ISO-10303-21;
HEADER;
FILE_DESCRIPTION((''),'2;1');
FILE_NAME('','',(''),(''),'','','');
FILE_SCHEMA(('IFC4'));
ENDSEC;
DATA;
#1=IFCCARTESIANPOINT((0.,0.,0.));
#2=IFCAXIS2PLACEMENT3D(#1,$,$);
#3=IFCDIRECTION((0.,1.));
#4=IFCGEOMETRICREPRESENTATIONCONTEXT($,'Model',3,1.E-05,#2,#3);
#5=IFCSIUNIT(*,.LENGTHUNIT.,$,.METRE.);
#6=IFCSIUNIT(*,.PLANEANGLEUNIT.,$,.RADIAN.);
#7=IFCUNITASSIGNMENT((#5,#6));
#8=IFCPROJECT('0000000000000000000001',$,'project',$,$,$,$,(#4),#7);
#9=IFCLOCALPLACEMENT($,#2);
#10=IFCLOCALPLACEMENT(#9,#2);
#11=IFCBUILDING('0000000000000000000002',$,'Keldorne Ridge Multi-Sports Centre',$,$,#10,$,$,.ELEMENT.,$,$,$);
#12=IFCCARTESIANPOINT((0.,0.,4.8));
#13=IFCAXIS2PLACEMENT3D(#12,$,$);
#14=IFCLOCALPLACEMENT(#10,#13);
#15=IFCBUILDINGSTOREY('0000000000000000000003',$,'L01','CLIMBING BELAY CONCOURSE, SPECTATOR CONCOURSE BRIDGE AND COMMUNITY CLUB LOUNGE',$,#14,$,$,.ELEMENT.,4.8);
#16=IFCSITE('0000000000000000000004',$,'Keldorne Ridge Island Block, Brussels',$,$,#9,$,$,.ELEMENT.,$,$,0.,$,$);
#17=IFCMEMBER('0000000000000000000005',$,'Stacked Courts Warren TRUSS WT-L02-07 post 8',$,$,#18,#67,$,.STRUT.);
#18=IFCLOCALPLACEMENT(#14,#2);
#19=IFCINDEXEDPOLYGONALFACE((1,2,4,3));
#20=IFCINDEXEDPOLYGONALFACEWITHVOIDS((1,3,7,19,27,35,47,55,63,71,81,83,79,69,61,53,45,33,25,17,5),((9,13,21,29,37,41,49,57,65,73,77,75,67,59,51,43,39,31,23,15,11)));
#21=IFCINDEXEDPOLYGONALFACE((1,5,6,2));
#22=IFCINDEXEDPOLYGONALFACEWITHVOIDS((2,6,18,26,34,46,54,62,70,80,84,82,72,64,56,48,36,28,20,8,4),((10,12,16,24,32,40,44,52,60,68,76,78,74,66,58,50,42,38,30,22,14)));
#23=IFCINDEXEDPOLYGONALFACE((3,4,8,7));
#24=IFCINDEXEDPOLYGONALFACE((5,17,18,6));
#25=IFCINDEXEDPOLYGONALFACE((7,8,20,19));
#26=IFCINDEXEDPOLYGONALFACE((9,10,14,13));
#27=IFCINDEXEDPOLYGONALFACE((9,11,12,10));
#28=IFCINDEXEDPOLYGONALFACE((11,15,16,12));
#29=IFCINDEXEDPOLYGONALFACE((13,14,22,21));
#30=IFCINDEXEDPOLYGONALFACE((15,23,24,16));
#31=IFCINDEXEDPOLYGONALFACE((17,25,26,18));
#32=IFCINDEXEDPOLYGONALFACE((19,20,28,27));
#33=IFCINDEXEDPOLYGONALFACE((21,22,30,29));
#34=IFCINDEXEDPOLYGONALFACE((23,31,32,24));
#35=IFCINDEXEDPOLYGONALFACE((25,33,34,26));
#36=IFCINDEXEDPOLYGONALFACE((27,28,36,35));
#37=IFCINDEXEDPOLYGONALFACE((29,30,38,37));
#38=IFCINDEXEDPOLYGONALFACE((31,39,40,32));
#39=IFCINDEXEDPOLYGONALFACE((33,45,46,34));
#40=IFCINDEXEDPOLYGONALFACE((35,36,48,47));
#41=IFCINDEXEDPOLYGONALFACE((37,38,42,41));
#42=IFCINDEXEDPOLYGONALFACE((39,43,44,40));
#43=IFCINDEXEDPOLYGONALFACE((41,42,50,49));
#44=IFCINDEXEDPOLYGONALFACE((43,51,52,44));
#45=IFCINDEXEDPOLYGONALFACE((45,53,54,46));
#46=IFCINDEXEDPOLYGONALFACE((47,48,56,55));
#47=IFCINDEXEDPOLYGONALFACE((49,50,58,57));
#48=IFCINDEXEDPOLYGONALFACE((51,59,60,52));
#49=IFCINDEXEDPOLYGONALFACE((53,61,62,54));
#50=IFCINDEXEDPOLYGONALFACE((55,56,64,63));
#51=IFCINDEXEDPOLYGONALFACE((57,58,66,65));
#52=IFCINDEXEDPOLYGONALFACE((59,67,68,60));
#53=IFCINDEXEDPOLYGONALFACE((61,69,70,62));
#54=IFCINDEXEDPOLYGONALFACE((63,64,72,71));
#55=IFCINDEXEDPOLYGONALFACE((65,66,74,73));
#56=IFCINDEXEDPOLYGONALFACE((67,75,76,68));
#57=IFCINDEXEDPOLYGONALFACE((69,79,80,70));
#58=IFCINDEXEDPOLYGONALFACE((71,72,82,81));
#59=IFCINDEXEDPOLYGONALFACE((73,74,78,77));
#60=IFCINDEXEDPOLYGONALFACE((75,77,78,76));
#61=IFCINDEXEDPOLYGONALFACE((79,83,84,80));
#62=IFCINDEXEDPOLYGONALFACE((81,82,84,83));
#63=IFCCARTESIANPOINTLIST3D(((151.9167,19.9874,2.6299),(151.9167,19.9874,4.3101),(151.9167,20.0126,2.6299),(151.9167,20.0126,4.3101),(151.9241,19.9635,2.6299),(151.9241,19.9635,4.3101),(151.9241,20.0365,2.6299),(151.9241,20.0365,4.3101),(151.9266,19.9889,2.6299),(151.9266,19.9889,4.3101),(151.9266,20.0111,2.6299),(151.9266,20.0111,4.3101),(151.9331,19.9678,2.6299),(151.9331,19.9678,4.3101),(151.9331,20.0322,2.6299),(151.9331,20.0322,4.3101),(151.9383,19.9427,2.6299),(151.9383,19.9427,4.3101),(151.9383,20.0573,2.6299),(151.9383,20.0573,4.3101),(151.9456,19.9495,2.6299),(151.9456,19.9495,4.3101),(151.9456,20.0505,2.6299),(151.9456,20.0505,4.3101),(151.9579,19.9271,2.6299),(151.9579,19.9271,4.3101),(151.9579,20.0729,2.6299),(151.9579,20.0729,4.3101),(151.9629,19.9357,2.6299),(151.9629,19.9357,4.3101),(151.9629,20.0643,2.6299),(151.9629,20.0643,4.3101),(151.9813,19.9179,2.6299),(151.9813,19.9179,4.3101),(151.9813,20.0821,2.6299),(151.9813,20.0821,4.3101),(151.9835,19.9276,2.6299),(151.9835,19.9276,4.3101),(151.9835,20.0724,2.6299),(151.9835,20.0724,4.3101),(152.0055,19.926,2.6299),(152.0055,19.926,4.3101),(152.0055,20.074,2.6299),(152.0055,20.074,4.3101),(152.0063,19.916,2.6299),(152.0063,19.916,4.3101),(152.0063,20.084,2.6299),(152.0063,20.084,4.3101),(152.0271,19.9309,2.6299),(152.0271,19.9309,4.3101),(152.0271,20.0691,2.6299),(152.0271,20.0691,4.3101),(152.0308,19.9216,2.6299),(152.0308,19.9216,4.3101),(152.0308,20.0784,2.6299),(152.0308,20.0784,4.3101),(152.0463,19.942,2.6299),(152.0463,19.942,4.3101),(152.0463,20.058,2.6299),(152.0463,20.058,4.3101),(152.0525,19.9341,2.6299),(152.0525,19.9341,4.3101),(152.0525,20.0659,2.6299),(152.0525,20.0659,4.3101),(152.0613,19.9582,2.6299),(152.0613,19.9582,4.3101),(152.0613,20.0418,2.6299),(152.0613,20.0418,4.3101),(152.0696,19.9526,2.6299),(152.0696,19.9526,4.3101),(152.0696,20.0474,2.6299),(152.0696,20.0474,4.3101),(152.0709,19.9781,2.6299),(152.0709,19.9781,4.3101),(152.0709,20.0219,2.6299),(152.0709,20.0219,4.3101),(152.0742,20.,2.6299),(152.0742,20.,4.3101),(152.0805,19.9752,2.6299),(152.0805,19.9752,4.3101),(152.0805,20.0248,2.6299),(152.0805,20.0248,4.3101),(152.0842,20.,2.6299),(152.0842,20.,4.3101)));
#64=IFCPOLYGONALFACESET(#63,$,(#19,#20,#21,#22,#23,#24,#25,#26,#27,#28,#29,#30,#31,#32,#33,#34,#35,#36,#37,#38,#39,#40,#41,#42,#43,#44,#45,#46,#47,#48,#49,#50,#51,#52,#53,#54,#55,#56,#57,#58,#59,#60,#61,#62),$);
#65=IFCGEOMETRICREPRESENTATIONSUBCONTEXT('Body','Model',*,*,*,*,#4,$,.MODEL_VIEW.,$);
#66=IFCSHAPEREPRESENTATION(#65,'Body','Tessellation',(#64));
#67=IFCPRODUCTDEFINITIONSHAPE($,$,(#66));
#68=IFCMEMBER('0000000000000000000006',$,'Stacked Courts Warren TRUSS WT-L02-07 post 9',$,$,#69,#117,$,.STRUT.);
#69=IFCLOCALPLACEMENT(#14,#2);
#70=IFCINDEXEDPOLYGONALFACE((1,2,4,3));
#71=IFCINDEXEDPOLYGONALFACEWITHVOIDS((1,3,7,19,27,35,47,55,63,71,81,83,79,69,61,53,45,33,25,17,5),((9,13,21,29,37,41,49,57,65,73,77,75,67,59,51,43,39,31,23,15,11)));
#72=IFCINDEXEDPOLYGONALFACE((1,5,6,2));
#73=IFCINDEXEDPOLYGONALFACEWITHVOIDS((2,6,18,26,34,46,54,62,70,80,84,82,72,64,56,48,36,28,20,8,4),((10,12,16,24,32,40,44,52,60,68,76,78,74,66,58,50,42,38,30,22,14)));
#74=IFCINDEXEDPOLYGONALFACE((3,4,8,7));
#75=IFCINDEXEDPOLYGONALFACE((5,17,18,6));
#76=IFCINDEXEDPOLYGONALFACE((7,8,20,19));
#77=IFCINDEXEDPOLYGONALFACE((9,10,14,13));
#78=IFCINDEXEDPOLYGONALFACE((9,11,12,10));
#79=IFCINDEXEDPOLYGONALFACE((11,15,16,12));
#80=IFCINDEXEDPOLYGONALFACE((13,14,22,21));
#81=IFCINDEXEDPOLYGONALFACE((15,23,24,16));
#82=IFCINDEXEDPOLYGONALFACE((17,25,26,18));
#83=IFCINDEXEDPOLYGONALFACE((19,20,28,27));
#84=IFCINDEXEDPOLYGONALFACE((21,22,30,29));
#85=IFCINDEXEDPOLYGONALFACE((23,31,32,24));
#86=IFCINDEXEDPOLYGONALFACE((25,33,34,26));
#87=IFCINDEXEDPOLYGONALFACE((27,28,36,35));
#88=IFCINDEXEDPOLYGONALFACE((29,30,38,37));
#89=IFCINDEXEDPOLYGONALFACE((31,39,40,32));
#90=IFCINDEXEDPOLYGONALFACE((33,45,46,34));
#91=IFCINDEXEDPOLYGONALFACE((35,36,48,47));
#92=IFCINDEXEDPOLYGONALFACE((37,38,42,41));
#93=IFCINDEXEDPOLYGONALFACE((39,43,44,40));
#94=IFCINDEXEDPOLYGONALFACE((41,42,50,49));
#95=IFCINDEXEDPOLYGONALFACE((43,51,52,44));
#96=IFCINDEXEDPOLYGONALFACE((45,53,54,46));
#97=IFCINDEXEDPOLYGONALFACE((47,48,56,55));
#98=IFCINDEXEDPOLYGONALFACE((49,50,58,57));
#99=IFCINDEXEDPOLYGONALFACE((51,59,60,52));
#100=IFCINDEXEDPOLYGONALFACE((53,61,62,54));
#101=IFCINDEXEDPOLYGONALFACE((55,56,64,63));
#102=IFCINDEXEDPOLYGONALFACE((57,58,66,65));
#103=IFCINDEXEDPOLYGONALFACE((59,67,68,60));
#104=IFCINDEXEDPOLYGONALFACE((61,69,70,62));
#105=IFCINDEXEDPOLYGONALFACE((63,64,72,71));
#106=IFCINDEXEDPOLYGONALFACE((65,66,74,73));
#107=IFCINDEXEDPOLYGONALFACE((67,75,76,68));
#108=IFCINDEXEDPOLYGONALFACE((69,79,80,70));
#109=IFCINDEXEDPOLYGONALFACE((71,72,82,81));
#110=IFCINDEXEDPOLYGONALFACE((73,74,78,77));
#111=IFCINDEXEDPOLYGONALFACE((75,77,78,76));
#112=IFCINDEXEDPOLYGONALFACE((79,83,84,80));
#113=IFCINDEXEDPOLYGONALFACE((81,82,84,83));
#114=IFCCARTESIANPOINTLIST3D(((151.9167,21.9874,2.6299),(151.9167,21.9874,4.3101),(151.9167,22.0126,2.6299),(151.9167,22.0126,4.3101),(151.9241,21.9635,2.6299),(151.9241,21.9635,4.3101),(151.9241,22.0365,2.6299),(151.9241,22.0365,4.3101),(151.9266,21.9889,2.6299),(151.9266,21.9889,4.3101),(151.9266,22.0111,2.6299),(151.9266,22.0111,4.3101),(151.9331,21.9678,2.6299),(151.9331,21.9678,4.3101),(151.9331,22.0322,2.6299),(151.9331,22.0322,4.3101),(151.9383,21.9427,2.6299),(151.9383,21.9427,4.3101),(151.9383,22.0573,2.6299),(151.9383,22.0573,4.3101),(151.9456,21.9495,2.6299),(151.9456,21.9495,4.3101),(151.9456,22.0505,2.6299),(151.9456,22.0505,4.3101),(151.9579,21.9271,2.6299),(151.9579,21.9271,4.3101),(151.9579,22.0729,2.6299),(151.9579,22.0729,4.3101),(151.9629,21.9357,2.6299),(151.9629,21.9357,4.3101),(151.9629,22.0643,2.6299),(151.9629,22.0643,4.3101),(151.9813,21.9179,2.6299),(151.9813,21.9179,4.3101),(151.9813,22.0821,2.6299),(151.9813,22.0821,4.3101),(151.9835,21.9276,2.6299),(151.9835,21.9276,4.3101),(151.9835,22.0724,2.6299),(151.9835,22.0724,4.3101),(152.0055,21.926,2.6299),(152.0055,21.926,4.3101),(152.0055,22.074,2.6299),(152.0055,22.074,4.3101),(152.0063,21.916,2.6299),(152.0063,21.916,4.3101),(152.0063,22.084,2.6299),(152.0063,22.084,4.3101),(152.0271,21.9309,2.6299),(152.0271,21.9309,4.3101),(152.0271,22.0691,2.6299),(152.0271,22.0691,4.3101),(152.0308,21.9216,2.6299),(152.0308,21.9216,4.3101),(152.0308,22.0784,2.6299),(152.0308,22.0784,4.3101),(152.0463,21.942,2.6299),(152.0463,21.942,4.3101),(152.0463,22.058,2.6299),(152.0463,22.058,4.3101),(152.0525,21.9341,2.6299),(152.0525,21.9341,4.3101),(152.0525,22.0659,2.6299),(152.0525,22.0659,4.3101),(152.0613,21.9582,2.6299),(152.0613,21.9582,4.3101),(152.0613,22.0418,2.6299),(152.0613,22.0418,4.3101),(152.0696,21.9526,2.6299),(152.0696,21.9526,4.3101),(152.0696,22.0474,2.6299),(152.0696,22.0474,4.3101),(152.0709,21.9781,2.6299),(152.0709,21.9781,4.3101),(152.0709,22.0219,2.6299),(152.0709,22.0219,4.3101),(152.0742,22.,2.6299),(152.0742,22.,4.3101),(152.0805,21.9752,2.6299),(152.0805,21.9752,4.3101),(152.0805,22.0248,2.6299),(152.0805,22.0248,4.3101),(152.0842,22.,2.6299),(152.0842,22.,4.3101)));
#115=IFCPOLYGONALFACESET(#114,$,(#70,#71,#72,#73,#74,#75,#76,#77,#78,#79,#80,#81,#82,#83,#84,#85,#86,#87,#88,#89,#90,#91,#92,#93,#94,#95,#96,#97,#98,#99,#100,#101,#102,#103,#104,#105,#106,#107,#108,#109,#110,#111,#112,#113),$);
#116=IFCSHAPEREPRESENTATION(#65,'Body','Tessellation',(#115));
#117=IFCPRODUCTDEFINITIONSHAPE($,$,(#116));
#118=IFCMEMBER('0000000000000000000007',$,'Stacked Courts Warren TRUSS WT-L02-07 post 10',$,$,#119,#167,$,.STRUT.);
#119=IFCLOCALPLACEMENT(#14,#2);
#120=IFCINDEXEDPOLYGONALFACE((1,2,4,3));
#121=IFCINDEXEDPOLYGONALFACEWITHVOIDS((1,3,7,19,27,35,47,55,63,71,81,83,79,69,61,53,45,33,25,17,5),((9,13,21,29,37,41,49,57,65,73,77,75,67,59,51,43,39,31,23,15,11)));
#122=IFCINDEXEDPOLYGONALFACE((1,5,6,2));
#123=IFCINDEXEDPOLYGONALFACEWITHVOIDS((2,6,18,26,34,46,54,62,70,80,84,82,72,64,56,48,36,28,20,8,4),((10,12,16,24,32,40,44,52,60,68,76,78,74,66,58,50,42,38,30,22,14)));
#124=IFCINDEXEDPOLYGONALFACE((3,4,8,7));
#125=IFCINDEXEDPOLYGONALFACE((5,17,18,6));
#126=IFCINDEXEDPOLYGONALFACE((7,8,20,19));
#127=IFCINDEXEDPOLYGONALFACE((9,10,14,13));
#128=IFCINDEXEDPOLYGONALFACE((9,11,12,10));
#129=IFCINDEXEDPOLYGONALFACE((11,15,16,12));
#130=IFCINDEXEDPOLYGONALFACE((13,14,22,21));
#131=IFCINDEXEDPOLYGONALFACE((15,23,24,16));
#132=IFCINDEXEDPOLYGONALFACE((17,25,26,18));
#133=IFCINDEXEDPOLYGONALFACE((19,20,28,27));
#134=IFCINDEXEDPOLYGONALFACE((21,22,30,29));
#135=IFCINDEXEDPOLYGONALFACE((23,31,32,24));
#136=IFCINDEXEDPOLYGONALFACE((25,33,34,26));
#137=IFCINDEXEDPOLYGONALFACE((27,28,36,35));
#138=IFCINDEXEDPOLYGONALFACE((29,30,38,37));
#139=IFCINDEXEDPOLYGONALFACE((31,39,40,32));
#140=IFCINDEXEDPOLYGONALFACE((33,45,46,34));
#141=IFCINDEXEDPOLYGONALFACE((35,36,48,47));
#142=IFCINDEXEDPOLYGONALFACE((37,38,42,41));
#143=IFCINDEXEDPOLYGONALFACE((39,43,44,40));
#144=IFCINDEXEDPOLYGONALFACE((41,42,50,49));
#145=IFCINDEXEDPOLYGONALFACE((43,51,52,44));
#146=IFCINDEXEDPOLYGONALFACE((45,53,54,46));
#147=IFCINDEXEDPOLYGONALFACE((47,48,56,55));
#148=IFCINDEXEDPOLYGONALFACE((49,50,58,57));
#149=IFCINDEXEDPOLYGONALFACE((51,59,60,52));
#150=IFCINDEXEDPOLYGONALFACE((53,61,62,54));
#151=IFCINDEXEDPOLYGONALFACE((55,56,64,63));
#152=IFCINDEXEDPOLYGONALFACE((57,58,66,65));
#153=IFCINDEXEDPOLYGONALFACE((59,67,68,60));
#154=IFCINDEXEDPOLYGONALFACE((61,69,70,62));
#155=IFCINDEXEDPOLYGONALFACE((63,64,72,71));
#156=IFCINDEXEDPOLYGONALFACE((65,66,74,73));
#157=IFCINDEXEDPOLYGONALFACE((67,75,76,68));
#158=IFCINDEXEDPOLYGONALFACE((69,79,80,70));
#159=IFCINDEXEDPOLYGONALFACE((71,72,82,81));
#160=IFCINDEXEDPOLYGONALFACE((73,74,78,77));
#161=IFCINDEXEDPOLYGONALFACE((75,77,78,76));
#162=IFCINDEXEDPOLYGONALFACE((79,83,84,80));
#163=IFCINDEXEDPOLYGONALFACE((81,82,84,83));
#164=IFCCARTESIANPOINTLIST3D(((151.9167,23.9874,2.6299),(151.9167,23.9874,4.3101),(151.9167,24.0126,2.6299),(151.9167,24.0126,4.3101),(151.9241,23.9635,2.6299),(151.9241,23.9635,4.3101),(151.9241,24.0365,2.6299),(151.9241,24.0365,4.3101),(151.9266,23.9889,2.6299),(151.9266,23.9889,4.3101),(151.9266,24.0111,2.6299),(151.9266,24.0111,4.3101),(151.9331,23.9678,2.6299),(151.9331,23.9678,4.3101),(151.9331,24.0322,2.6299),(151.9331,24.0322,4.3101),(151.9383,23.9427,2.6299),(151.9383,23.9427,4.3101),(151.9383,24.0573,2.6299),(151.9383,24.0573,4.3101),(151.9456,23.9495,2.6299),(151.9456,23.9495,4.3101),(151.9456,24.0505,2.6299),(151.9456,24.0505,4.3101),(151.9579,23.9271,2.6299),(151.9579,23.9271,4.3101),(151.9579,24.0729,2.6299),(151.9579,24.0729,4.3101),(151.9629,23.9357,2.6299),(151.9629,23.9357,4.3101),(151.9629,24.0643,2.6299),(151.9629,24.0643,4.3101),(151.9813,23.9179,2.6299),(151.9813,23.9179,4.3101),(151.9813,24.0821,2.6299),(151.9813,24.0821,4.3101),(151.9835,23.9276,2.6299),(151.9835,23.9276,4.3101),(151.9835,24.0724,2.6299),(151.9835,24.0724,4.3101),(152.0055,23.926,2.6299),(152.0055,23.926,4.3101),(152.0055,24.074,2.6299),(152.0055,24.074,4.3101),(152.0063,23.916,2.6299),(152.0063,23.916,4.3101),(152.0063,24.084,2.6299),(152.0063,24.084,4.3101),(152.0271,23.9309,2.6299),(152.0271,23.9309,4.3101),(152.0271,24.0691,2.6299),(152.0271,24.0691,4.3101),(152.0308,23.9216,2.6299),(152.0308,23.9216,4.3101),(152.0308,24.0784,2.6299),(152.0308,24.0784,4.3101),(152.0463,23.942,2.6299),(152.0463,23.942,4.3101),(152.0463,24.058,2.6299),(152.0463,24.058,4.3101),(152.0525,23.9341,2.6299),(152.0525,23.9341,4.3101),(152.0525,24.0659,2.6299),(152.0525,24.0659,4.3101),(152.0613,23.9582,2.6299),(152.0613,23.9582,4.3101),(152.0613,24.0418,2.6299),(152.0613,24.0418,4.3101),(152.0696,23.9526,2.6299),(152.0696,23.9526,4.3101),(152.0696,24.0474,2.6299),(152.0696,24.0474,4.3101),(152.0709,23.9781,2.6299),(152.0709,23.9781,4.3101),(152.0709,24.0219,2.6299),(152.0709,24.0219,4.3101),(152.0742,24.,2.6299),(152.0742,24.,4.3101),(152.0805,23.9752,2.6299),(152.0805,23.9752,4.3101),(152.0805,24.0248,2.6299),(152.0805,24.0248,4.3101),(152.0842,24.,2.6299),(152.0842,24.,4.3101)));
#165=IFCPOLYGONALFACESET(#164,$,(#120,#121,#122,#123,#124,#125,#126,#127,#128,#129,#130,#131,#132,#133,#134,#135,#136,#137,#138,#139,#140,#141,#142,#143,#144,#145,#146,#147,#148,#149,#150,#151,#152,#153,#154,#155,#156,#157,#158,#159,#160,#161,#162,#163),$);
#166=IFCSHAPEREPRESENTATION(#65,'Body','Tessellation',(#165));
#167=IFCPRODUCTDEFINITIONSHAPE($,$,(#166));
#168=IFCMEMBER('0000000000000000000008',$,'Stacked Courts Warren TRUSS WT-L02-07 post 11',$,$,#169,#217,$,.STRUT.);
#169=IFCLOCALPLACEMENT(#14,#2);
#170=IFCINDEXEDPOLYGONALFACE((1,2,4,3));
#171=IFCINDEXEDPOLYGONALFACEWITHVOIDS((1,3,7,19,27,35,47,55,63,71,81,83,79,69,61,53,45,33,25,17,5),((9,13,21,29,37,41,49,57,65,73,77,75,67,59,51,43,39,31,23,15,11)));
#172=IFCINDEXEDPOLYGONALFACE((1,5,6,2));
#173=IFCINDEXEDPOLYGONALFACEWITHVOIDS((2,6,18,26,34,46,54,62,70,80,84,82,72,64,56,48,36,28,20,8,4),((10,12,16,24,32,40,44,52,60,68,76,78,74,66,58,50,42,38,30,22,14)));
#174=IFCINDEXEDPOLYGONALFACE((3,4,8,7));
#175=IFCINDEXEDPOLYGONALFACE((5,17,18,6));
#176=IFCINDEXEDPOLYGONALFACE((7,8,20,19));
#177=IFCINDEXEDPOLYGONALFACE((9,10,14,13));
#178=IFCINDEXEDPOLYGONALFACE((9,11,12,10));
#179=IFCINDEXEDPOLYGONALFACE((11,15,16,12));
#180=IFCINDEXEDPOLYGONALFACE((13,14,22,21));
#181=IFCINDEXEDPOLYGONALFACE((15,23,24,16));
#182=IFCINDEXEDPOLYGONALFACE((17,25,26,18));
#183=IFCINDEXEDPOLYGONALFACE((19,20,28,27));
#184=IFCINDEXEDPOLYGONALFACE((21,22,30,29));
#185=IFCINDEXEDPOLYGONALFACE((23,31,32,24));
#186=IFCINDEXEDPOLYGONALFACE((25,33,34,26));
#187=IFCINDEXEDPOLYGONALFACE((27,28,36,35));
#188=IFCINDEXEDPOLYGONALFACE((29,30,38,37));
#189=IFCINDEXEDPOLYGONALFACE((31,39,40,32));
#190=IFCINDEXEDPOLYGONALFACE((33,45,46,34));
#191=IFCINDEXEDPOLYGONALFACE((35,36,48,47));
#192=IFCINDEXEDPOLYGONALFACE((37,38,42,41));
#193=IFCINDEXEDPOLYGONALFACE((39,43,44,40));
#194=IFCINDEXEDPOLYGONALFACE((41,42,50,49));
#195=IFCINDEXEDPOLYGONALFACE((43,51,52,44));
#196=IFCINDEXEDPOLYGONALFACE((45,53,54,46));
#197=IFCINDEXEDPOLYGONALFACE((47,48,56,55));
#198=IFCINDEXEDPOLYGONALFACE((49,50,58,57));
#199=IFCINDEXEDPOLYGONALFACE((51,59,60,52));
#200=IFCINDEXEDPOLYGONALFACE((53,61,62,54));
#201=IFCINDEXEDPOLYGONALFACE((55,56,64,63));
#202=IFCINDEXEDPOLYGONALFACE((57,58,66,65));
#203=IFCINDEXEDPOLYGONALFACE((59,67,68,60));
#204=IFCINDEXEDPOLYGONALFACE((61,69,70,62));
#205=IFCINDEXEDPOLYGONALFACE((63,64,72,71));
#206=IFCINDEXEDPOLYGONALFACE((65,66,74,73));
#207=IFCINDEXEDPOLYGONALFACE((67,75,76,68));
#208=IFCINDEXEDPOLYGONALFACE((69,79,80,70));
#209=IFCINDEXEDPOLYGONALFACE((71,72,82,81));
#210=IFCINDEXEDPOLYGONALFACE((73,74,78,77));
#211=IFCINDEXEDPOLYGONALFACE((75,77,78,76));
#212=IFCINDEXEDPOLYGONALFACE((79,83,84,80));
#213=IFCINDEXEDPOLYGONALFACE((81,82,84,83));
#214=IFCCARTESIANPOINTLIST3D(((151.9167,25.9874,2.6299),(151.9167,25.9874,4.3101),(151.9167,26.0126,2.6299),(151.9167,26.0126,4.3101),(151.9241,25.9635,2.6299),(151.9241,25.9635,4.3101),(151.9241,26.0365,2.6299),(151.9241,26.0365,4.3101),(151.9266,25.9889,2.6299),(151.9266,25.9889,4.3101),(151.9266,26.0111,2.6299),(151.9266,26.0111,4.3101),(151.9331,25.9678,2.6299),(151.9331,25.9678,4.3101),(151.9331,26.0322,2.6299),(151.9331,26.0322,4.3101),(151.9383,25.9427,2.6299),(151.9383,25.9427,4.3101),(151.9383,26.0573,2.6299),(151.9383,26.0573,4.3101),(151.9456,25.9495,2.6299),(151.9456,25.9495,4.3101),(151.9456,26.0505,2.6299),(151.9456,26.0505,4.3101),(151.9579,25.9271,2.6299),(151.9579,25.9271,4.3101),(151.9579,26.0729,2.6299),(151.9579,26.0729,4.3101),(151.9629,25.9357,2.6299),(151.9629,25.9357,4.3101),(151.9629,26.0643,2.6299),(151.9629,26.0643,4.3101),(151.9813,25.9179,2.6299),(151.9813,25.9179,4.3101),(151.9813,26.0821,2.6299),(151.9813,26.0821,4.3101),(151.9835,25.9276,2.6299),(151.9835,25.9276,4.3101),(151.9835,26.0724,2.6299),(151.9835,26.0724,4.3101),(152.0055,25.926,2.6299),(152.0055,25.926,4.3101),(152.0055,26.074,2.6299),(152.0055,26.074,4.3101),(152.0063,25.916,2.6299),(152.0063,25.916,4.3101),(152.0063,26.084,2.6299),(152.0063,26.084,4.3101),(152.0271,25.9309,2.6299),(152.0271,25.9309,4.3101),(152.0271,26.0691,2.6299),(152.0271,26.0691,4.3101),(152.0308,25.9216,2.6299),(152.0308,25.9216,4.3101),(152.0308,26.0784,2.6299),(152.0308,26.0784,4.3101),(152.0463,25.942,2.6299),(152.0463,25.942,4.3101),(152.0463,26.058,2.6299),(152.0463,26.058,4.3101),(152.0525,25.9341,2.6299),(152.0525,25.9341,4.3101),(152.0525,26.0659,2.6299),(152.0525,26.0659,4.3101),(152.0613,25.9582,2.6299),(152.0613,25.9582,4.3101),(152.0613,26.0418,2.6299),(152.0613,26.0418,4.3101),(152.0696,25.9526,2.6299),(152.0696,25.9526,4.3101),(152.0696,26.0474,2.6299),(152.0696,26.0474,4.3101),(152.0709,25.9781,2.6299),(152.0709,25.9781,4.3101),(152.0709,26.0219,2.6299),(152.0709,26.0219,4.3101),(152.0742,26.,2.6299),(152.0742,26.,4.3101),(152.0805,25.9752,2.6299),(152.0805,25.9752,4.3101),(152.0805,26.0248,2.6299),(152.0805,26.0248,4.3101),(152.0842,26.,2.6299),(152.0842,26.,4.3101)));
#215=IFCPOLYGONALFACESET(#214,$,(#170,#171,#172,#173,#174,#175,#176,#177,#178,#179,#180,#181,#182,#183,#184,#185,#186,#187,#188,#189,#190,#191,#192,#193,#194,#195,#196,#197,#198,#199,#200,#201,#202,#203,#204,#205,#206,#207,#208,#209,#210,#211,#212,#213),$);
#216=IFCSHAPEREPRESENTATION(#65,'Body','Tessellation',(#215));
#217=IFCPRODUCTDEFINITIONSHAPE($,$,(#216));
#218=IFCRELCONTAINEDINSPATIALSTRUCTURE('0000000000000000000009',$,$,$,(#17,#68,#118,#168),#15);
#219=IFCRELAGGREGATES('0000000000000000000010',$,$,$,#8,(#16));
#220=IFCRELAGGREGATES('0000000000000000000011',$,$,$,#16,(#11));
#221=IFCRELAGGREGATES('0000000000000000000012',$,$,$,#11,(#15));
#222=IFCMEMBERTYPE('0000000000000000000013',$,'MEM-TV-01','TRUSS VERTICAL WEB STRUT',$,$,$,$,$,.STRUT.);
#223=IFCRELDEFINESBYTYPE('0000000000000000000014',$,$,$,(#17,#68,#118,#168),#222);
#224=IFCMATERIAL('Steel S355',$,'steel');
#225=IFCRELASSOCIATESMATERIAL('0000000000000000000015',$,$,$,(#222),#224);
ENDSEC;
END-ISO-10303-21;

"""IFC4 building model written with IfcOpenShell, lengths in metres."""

from ifc_helpers import new_model, si_unit, direction, frame, origin, origin_2d, place, context, subcontext, project, spatial, hollow_circle, extrude, material, material_profile, profile_set, type_object, element, save


model = new_model("IFC4")

# Units and contexts
model_context = context("Model", 3, precision=1e-05, world=origin(), true_north=direction((0.0, 1.0)))
body_context = subcontext(model_context, "Body", "Model", "MODEL_VIEW")
ifc_project = project(units=[si_unit("LENGTHUNIT", "METRE"), si_unit("PLANEANGLEUNIT", "RADIAN")], contexts=[model_context])

# Site, building, storey
site_placement = place(None, origin())
site = spatial("IfcSite", under=ifc_project, at=site_placement, Name="Keldorne Ridge Island Block, Brussels", CompositionType="ELEMENT", RefElevation=0.0)
building_placement = place(site_placement, origin())
building = spatial("IfcBuilding", under=site, at=building_placement, Name="Keldorne Ridge Multi-Sports Centre", CompositionType="ELEMENT")
storey_placement = place(building_placement, frame((0.0, 0.0, 4.8)))
storey = spatial("IfcBuildingStorey", under=building, at=storey_placement, Name="L01", Description="CLIMBING BELAY CONCOURSE, SPECTATOR CONCOURSE BRIDGE AND COMMUNITY CLUB LOUNGE", CompositionType="ELEMENT", Elevation=4.8)

# Members
ifc_material = material(Name="Steel S355", Category="steel")
ifc_material_profile_1 = material_profile(ifc_material, hollow_circle(Radius=0.0842, WallThickness=0.01, at=origin_2d()), Name="CHS 168.3x10")
ifc_profile_set_1 = profile_set([ifc_material_profile_1], Name="Steel S355")
member_type_1 = type_object("IfcMemberType", Name="MEM-TV-01", Description="TRUSS VERTICAL WEB STRUT", PredefinedType="STRUT", material=ifc_profile_set_1)
for number, where, z_axis, x_axis, name in (
    (1, (152.0, 20.0, 2.6299), (0.0, 0.0, 1.0), (1.0, 0.0, 0.0), "Stacked Courts Warren TRUSS WT-L02-07 post 8"),
    (2, (152.0, 22.0, 2.6299), (0.0, 0.0, 1.0), (1.0, 0.0, 0.0), "Stacked Courts Warren TRUSS WT-L02-07 post 9"),
    (3, (152.0, 24.0, 2.6299), (0.0, 0.0, 1.0), (1.0, 0.0, 0.0), "Stacked Courts Warren TRUSS WT-L02-07 post 10"),
    (4, (152.0, 26.0, 2.6299), (0.0, 0.0, 1.0), (1.0, 0.0, 0.0), "Stacked Courts Warren TRUSS WT-L02-07 post 11"),
):
    element("IfcMember", number, at=place(storey_placement, frame(where, z_axis=z_axis, x_axis=x_axis)), inside=storey, type_object=member_type_1, Name=name, PredefinedType="STRUT", context=body_context, shape_type="SweptSolid", body=[
        extrude(hollow_circle(Radius=0.0842, WallThickness=0.01, at=origin_2d()), origin(), (0.0, 0.0, 1.0), 1.6802),
    ])

save(model, "model.ifc")
